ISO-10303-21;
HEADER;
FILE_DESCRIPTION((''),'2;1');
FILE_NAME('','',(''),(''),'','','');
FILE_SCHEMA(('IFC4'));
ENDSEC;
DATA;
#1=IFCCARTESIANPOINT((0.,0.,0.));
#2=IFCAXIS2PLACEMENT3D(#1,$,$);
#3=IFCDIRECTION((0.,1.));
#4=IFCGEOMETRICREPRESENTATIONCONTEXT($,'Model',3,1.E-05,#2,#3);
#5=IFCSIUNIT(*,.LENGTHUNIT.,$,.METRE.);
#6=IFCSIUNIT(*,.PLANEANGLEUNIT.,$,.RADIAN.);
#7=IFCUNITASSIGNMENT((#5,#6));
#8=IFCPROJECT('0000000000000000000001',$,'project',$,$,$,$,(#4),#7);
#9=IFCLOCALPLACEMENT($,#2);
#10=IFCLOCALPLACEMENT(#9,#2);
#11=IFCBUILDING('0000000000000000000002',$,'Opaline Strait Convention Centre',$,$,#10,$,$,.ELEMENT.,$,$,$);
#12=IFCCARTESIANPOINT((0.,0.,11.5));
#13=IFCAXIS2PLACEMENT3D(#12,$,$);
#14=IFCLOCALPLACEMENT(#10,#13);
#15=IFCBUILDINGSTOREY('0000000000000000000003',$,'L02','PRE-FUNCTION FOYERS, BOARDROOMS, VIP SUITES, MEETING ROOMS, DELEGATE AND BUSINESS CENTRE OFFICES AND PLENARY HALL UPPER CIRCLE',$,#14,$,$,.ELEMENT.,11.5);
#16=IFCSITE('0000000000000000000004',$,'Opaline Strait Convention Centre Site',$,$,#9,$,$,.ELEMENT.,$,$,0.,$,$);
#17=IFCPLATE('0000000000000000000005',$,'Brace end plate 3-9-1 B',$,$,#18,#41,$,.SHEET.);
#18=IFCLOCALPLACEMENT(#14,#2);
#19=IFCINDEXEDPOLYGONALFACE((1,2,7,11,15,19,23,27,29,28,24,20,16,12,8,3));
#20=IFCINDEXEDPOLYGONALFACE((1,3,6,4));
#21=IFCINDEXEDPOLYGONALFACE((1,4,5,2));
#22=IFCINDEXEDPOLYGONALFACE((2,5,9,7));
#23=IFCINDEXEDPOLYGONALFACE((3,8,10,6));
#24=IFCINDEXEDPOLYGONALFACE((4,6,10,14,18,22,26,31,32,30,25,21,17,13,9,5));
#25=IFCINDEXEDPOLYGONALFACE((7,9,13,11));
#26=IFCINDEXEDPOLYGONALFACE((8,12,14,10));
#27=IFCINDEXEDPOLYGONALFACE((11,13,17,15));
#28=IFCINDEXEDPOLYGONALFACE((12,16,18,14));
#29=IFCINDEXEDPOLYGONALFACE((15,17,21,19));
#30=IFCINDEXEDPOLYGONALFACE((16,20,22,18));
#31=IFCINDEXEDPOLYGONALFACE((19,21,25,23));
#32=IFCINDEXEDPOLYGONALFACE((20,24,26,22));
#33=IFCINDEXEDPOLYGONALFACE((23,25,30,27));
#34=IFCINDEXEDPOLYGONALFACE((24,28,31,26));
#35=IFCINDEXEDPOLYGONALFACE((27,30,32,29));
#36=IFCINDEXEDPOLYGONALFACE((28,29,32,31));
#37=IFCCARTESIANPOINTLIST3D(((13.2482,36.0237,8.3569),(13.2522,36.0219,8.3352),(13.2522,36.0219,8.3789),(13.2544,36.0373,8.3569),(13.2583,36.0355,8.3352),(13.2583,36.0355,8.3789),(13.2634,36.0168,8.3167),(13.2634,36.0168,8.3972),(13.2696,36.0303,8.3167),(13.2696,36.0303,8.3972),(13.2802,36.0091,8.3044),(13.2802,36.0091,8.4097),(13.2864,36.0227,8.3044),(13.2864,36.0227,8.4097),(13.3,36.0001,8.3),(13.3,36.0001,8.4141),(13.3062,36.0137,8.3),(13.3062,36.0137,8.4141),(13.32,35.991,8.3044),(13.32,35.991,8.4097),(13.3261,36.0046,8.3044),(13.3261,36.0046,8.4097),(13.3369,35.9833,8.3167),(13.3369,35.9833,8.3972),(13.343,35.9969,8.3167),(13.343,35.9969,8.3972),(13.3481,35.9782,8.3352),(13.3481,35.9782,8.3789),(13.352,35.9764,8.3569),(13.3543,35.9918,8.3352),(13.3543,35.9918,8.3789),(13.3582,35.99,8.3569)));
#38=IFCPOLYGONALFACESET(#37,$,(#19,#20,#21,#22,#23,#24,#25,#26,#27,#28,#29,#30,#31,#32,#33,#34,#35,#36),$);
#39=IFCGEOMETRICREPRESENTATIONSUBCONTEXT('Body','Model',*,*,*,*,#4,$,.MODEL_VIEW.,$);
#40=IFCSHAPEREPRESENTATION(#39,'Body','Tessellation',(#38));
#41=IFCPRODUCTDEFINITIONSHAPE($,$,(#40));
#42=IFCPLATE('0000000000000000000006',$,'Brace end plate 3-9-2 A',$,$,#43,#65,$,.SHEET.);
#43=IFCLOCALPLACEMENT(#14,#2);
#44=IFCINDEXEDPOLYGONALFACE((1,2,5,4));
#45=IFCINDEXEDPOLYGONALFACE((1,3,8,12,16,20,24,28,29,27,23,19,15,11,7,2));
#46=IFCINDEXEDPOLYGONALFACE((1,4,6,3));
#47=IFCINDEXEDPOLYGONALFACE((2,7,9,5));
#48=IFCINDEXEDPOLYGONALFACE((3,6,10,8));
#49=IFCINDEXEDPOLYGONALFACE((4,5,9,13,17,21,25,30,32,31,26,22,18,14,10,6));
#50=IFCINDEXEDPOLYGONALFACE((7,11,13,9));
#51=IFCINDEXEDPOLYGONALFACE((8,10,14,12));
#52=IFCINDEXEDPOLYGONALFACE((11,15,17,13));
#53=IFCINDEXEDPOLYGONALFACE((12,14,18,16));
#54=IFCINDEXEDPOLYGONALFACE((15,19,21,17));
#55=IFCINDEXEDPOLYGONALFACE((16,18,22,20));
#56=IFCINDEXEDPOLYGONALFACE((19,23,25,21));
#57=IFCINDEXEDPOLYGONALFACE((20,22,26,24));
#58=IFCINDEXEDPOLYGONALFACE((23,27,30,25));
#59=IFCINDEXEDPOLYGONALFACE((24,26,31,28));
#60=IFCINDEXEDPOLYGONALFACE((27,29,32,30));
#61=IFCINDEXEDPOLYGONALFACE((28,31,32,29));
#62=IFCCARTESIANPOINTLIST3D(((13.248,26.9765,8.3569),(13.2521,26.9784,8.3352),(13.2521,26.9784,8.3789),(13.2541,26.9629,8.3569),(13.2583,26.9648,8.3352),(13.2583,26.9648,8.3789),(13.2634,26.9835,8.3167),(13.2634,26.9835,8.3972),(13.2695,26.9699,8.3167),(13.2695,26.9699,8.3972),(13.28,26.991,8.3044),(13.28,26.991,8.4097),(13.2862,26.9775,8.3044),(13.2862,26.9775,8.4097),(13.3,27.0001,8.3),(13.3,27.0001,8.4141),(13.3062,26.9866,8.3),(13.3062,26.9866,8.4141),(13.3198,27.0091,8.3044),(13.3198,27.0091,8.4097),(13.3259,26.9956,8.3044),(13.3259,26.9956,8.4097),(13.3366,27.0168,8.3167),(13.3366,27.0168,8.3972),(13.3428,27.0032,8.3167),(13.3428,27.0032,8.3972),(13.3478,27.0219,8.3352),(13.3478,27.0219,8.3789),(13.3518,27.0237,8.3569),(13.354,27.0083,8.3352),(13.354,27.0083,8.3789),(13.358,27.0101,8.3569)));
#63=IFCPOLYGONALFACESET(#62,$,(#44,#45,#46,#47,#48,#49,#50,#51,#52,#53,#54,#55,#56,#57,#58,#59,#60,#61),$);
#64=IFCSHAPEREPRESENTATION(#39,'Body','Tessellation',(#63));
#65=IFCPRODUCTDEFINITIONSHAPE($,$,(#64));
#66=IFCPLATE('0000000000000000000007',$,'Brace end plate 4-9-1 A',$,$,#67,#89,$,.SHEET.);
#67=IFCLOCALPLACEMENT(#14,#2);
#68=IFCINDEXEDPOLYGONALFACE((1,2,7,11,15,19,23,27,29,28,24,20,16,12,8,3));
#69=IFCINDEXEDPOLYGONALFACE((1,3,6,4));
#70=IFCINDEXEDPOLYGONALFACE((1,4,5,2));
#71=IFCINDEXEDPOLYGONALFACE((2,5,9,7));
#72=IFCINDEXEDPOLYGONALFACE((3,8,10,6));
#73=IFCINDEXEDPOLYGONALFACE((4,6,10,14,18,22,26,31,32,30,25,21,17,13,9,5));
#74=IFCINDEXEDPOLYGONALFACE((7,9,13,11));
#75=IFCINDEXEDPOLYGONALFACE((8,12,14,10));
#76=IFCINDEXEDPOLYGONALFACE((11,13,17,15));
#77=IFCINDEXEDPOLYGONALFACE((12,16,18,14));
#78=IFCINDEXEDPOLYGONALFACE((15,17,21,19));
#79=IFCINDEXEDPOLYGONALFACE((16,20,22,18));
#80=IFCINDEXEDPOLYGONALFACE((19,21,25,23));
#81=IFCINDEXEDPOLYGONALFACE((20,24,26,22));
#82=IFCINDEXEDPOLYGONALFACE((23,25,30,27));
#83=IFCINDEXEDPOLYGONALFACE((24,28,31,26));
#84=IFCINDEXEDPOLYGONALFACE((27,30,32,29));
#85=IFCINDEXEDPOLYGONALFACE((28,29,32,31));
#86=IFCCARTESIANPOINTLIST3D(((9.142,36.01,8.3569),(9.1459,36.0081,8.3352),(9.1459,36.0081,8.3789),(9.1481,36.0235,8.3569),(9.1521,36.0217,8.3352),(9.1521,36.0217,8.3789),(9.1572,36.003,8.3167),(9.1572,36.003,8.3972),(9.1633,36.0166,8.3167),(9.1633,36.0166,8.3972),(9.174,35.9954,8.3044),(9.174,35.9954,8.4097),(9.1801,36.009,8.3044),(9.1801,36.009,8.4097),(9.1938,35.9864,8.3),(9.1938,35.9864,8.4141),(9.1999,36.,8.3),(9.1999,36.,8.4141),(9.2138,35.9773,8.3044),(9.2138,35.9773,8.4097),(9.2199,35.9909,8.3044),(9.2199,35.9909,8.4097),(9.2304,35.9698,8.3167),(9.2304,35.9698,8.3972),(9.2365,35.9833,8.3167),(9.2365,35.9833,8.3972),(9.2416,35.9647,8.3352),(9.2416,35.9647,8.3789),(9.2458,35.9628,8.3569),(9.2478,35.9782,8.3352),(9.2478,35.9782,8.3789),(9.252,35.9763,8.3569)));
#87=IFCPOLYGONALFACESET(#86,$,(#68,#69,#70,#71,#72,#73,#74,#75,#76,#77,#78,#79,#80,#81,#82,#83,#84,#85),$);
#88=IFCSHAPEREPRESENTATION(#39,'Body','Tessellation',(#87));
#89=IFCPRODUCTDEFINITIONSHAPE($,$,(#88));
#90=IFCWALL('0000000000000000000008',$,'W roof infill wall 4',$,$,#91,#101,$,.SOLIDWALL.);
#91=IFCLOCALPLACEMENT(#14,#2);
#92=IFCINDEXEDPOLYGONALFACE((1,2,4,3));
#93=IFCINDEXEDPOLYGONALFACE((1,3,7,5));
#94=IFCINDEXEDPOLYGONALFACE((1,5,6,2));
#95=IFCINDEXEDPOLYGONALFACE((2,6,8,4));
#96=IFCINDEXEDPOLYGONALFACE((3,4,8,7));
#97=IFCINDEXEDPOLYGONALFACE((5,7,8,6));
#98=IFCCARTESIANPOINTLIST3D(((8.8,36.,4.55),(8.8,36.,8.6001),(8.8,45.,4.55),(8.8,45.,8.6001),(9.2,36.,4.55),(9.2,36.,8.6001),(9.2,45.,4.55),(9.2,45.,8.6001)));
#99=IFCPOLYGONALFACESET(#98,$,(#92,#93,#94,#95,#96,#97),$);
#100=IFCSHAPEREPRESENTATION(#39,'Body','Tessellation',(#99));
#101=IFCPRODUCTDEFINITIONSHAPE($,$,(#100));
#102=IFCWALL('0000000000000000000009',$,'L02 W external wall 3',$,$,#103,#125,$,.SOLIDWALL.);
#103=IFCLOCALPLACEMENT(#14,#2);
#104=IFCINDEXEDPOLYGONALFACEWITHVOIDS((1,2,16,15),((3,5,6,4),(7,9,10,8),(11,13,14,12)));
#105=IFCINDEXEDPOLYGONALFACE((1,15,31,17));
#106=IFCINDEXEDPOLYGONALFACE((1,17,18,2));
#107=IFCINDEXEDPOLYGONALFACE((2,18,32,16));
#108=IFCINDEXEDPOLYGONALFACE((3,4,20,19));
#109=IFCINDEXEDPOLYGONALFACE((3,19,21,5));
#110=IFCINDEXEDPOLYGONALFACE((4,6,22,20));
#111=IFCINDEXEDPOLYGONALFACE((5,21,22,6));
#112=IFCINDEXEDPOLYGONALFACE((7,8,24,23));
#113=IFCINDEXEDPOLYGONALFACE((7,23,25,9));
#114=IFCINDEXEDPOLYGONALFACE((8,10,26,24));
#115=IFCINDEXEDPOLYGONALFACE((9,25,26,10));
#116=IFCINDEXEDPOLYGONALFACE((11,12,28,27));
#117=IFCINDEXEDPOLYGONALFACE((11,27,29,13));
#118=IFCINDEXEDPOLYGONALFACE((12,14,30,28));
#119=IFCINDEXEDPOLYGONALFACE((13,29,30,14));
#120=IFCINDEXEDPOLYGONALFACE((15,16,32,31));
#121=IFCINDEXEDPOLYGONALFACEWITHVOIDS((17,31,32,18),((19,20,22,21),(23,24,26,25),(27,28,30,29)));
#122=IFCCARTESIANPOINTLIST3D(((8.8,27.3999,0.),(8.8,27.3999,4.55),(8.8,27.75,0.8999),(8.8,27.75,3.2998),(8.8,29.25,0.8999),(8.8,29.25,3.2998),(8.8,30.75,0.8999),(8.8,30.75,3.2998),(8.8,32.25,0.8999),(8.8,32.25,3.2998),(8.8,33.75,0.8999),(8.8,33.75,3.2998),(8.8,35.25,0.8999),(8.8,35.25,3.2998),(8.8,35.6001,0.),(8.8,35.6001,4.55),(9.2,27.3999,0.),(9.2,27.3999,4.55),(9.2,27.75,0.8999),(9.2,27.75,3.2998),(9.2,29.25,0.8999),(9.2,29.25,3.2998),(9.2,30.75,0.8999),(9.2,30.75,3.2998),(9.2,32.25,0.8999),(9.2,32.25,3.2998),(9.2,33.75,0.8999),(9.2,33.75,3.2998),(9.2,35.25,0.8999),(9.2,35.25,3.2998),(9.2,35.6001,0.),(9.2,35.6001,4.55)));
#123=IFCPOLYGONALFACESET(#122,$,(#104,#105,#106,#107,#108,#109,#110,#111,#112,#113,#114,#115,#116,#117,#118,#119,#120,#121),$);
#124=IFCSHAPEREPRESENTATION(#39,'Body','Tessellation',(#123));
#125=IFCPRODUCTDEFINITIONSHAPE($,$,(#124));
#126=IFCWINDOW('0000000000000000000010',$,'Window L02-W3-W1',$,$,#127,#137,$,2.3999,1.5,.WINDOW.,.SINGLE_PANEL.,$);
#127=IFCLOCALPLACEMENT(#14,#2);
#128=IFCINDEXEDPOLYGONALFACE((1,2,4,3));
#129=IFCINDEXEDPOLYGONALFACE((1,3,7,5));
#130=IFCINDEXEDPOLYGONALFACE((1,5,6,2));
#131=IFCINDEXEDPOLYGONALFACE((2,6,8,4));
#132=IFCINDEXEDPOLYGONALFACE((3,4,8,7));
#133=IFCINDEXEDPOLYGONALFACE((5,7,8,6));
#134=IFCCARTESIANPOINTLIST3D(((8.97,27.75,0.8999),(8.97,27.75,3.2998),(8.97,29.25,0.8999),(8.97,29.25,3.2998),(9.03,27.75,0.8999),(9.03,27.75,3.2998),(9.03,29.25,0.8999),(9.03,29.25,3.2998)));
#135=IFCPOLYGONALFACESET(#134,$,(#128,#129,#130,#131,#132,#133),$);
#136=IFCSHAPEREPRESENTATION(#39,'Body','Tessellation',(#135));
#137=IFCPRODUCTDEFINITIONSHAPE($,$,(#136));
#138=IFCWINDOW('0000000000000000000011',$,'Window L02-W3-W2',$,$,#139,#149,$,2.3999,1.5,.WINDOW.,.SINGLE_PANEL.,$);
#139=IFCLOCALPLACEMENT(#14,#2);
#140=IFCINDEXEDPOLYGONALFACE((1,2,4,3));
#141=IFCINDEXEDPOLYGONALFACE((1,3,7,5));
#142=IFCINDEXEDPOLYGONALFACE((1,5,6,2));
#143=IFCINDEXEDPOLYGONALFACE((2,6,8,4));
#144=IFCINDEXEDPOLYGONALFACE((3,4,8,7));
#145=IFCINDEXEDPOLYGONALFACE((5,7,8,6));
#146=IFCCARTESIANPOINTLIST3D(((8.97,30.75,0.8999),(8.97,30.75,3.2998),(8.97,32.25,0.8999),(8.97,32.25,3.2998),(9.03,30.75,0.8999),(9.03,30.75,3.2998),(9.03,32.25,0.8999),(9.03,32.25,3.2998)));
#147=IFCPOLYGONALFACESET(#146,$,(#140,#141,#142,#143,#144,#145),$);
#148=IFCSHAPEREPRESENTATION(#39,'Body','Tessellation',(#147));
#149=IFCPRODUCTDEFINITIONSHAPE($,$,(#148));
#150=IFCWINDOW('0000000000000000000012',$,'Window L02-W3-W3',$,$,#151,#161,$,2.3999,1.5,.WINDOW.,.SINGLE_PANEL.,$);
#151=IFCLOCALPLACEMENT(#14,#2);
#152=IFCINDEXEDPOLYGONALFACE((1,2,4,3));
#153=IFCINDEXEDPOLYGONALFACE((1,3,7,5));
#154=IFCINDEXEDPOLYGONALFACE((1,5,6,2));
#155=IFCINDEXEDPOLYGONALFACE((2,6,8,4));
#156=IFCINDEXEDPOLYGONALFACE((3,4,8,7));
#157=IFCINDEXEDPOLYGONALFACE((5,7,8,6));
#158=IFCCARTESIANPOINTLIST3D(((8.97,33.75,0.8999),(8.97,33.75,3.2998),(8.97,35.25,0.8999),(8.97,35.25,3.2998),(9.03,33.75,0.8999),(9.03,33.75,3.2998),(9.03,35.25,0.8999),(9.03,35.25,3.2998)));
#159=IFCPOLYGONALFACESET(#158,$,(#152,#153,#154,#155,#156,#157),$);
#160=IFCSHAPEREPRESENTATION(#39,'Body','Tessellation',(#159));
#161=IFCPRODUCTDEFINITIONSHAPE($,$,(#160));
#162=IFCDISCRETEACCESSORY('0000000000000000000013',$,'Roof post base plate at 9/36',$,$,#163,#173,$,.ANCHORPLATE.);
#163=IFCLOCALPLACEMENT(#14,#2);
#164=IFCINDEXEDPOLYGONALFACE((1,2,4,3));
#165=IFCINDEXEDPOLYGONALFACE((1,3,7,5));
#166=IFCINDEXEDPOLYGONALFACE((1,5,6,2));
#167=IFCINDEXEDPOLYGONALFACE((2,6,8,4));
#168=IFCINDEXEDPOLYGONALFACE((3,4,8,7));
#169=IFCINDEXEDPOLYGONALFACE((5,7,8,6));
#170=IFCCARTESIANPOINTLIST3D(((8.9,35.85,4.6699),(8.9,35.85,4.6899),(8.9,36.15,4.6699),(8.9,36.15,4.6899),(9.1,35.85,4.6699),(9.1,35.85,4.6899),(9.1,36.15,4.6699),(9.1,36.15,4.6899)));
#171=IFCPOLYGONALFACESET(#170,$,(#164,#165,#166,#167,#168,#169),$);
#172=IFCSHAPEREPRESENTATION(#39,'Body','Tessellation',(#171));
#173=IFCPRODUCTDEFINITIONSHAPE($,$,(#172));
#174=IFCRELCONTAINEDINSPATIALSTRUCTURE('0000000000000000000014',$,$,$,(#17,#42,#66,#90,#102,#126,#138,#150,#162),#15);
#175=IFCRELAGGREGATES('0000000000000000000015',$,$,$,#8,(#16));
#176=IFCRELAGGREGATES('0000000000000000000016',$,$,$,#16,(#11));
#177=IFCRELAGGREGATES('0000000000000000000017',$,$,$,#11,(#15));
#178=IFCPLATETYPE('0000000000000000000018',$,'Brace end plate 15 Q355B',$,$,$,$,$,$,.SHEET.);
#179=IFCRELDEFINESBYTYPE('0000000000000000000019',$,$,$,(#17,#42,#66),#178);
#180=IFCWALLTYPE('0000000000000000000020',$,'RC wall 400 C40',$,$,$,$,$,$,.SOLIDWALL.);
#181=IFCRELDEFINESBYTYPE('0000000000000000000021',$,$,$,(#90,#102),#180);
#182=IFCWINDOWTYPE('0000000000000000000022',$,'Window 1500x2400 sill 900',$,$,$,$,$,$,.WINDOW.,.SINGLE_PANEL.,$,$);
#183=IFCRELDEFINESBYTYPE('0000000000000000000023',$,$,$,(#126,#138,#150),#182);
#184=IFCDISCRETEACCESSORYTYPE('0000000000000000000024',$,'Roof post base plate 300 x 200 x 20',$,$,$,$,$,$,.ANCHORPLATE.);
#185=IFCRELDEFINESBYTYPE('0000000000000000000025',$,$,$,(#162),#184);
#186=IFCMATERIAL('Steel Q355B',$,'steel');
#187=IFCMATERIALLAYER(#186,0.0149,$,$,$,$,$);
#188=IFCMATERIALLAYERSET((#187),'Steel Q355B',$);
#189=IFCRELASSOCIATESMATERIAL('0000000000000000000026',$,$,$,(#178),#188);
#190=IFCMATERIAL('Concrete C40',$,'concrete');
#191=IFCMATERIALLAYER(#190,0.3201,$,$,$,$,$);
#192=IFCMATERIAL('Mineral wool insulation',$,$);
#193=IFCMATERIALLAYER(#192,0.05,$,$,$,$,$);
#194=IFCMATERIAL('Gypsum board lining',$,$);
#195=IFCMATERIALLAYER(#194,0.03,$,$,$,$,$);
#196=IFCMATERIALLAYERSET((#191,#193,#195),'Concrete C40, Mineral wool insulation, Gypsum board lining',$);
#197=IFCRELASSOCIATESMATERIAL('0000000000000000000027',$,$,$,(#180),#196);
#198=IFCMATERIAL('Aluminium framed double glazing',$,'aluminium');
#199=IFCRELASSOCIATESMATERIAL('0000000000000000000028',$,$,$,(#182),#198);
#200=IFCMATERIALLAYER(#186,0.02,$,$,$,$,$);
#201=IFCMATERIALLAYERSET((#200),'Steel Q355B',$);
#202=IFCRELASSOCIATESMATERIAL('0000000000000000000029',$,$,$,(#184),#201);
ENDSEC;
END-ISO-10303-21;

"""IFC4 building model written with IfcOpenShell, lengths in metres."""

from ifc_helpers import new_model, si_unit, direction, frame, frame_2d, origin, origin_2d, place, context, subcontext, project, spatial, polyline, rectangle, outline, extrude, material, layer, layer_set, type_object, element, fill, save


model = new_model("IFC4")

# Units and contexts
model_context = context("Model", 3, precision=1e-05, world=origin(), true_north=direction((0.0, 1.0)))
body_context = subcontext(model_context, "Body", "Model", "MODEL_VIEW")
ifc_project = project(units=[si_unit("LENGTHUNIT", "METRE"), si_unit("PLANEANGLEUNIT", "RADIAN")], contexts=[model_context])

# Site, building, storey
site_placement = place(None, origin())
site = spatial("IfcSite", under=ifc_project, at=site_placement, Name="Opaline Strait Convention Centre Site", CompositionType="ELEMENT", RefElevation=0.0)
building_placement = place(site_placement, origin())
building = spatial("IfcBuilding", under=site, at=building_placement, Name="Opaline Strait Convention Centre", CompositionType="ELEMENT")
storey_placement = place(building_placement, frame((0.0, 0.0, 11.5)))
storey = spatial("IfcBuildingStorey", under=building, at=storey_placement, Name="L02", Description="PRE-FUNCTION FOYERS, BOARDROOMS, VIP SUITES, MEETING ROOMS, DELEGATE AND BUSINESS CENTRE OFFICES AND PLENARY HALL UPPER CIRCLE", CompositionType="ELEMENT", Elevation=11.5)

# Shared definitions
ifc_material_1 = material(Name="Concrete C40", Category="concrete")

# Shared definitions
ifc_material_2 = material(Name="Steel Q355B", Category="steel")

# Plates
ifc_layer_1 = layer(ifc_material_2, 0.0149)
ifc_layer_set_1 = layer_set([ifc_layer_1], Name="Steel Q355B")
plate_type = type_object("IfcPlateType", Name="Brace end plate 15 Q355B", PredefinedType="SHEET", material=ifc_layer_set_1)
plate_1_placement = place(storey_placement, frame((13.3582, 35.99, 8.3569), z_axis=(0.414547, 0.910028, 0.0), x_axis=(-0.175212, 0.079815, -0.98129)))
element("IfcPlate", 1, at=plate_1_placement, inside=storey, type_object=plate_type, Name="Brace end plate 3-9-1 B", PredefinedType="SHEET", context=body_context, shape_type="SweptSolid", body=[
    extrude(outline(polyline([(0.0, 0.0), (0.0221, 0.0), (0.0427, 0.0085), (0.0583, 0.0244), (0.0668, 0.0451), (0.0667, 0.0673), (0.0583, 0.0878), (0.0424, 0.1035), (0.022, 0.1119), (-0.0004, 0.1119), (-0.0208, 0.1033), (-0.0366, 0.0876), (-0.0451, 0.0671), (-0.045, 0.0447), (-0.0363, 0.0241), (-0.0207, 0.0084), (0.0, 0.0)])), origin(), (0.0, 0.0, -1.0), 0.0149),
])
plate_2_placement = place(storey_placement, frame((13.3518, 27.0237, 8.3569), z_axis=(-0.413759, 0.910386, 0.0), x_axis=(-0.179277, -0.081479, -0.980419)))
element("IfcPlate", 2, at=plate_2_placement, inside=storey, type_object=plate_type, Name="Brace end plate 3-9-2 A", PredefinedType="SHEET", context=body_context, shape_type="SweptSolid", body=[
    extrude(outline(polyline([(0.0, 0.0), (0.0222, 0.0), (0.0428, 0.0084), (0.0584, 0.0242), (0.067, 0.0446), (0.067, 0.067), (0.0586, 0.0873), (0.0429, 0.103), (0.0225, 0.1118), (0.0, 0.1117), (-0.0204, 0.1032), (-0.0362, 0.0877), (-0.0448, 0.0671), (-0.0448, 0.0449), (-0.0362, 0.0243), (-0.0207, 0.0086), (0.0, 0.0)])), origin(), (0.0, 0.0, -1.0), 0.0149),
])
plate_3_placement = place(storey_placement, frame((9.252, 35.9763, 8.3569), z_axis=(0.413759, 0.910386, 0.0), x_axis=(-0.188026, 0.085456, -0.978439)))
element("IfcPlate", 3, at=plate_3_placement, inside=storey, type_object=plate_type, Name="Brace end plate 4-9-1 A", PredefinedType="SHEET", context=body_context, shape_type="SweptSolid", body=[
    extrude(outline(polyline([(0.0, 0.0), (0.0222, 0.0), (0.0429, 0.0082), (0.0586, 0.0236), (0.0675, 0.0442), (0.0677, 0.0663), (0.0595, 0.0869), (0.0439, 0.1028), (0.0236, 0.1116), (0.0012, 0.1119), (-0.0193, 0.1036), (-0.0353, 0.0881), (-0.0441, 0.0677), (-0.0443, 0.0453), (-0.0359, 0.0249), (-0.0206, 0.009), (0.0, 0.0)])), origin(), (0.0, 0.0, -1.0), 0.0149),
])

# Wall
ifc_layer_2 = layer(ifc_material_1, 0.3201)
ifc_material_3 = material(Name="Mineral wool insulation")
ifc_layer_3 = layer(ifc_material_3, 0.05)
ifc_material_4 = material(Name="Gypsum board lining")
ifc_layer_4 = layer(ifc_material_4, 0.03)
ifc_layer_set_2 = layer_set([ifc_layer_2, ifc_layer_3, ifc_layer_4], Name="Concrete C40, Mineral wool insulation, Gypsum board lining")
wall_type = type_object("IfcWallType", Name="RC wall 400 C40", PredefinedType="SOLIDWALL", material=ifc_layer_set_2)
wall_1_placement = place(storey_placement, frame((9.0, 36.0, 4.55), z_axis=(0.0, 0.0, 1.0), x_axis=(0.0, 1.0, 0.0)))
element("IfcWall", 4, at=wall_1_placement, inside=storey, type_object=wall_type, Name="W roof infill wall 4", PredefinedType="SOLIDWALL", context=body_context, shape_type="SweptSolid", body=[
    extrude(rectangle(XDim=9.0, YDim=0.3999, at=frame_2d((4.5, 0.0))), origin(), (0.0, 0.0, 1.0), 4.05),
])

# Wall, openings, windows
wall_2_placement = place(storey_placement, frame((9.0, 27.3999, 0.0), z_axis=(0.0, 0.0, 1.0), x_axis=(0.0, 1.0, 0.0)))
wall_2 = element("IfcWall", 5, at=wall_2_placement, inside=storey, type_object=wall_type, Name="L02 W external wall 3", PredefinedType="SOLIDWALL", context=body_context, shape_type="SweptSolid", body=[
    extrude(rectangle(XDim=8.2002, YDim=0.3999, at=frame_2d((4.1001, 0.0))), origin(), (0.0, 0.0, 1.0), 4.55),
])
opening_1_placement = place(wall_2_placement, frame((0.3501, 0.0, 0.8999)))
opening_1 = element("IfcOpeningElement", 6, at=opening_1_placement, cuts=wall_2, PredefinedType="OPENING", context=body_context, shape_type="SweptSolid", body=[
    extrude(rectangle(XDim=1.5, YDim=2.3999, at=frame_2d((0.75, 1.2))), frame((0.0, 0.21, 0.0), z_axis=(0.0, -1.0, 0.0), x_axis=(1.0, 0.0, 0.0)), (0.0, 0.0, 1.0), 0.4199),
])
opening_2_placement = place(wall_2_placement, frame((3.3501, 0.0, 0.8999)))
opening_2 = element("IfcOpeningElement", 7, at=opening_2_placement, cuts=wall_2, PredefinedType="OPENING", context=body_context, shape_type="SweptSolid", body=[
    extrude(rectangle(XDim=1.5, YDim=2.3999, at=frame_2d((0.75, 1.2))), frame((0.0, 0.21, 0.0), z_axis=(0.0, -1.0, 0.0), x_axis=(1.0, 0.0, 0.0)), (0.0, 0.0, 1.0), 0.4199),
])
opening_3_placement = place(wall_2_placement, frame((6.3501, 0.0, 0.8999)))
opening_3 = element("IfcOpeningElement", 8, at=opening_3_placement, cuts=wall_2, PredefinedType="OPENING", context=body_context, shape_type="SweptSolid", body=[
    extrude(rectangle(XDim=1.5, YDim=2.3999, at=frame_2d((0.75, 1.2))), frame((0.0, 0.21, 0.0), z_axis=(0.0, -1.0, 0.0), x_axis=(1.0, 0.0, 0.0)), (0.0, 0.0, 1.0), 0.4199),
])
ifc_material_5 = material(Name="Aluminium framed double glazing", Category="aluminium")
window_type = type_object("IfcWindowType", Name="Window 1500x2400 sill 900", PartitioningType="SINGLE_PANEL", PredefinedType="WINDOW", material=ifc_material_5)
window_1_placement = place(opening_1_placement, origin())
window_1 = element("IfcWindow", 9, at=window_1_placement, inside=storey, type_object=window_type, Name="Window L02-W3-W1", OverallHeight=2.3999, OverallWidth=1.5, PartitioningType="SINGLE_PANEL", PredefinedType="WINDOW", context=body_context, shape_type="SweptSolid", body=[
    extrude(rectangle(XDim=1.5, YDim=2.3999, at=frame_2d((0.75, 1.2))), frame((0.0, 0.03, 0.0), z_axis=(0.0, -1.0, 0.0), x_axis=(1.0, 0.0, 0.0)), (0.0, 0.0, 1.0), 0.0601),
])
fill(opening_1, window_1)
window_2_placement = place(opening_2_placement, origin())
window_2 = element("IfcWindow", 10, at=window_2_placement, inside=storey, type_object=window_type, Name="Window L02-W3-W2", OverallHeight=2.3999, OverallWidth=1.5, PartitioningType="SINGLE_PANEL", PredefinedType="WINDOW", context=body_context, shape_type="SweptSolid", body=[
    extrude(rectangle(XDim=1.5, YDim=2.3999, at=frame_2d((0.75, 1.2))), frame((0.0, 0.03, 0.0), z_axis=(0.0, -1.0, 0.0), x_axis=(1.0, 0.0, 0.0)), (0.0, 0.0, 1.0), 0.0601),
])
fill(opening_2, window_2)
window_3_placement = place(opening_3_placement, origin())
window_3 = element("IfcWindow", 11, at=window_3_placement, inside=storey, type_object=window_type, Name="Window L02-W3-W3", OverallHeight=2.3999, OverallWidth=1.5, PartitioningType="SINGLE_PANEL", PredefinedType="WINDOW", context=body_context, shape_type="SweptSolid", body=[
    extrude(rectangle(XDim=1.5, YDim=2.3999, at=frame_2d((0.75, 1.2))), frame((0.0, 0.03, 0.0), z_axis=(0.0, -1.0, 0.0), x_axis=(1.0, 0.0, 0.0)), (0.0, 0.0, 1.0), 0.0601),
])
fill(opening_3, window_3)

# Discrete accessory
ifc_layer_5 = layer(ifc_material_2, 0.02)
ifc_layer_set_3 = layer_set([ifc_layer_5], Name="Steel Q355B")
discrete_accessory_type_1 = type_object("IfcDiscreteAccessoryType", Name="Roof post base plate 300 x 200 x 20", PredefinedType="ANCHORPLATE", material=ifc_layer_set_3)
discrete_accessory_1_placement = place(storey_placement, frame((9.0, 36.0, 4.6699), z_axis=(0.0, 0.0, 1.0), x_axis=(1.0, 0.0, 0.0)))
element("IfcDiscreteAccessory", 12, at=discrete_accessory_1_placement, inside=storey, type_object=discrete_accessory_type_1, Name="Roof post base plate at 9/36", PredefinedType="ANCHORPLATE", context=body_context, shape_type="SweptSolid", body=[
    extrude(rectangle(XDim=0.2, YDim=0.3, at=origin_2d()), origin(), (0.0, 0.0, 1.0), 0.02),
])

save(model, "model.ifc")
